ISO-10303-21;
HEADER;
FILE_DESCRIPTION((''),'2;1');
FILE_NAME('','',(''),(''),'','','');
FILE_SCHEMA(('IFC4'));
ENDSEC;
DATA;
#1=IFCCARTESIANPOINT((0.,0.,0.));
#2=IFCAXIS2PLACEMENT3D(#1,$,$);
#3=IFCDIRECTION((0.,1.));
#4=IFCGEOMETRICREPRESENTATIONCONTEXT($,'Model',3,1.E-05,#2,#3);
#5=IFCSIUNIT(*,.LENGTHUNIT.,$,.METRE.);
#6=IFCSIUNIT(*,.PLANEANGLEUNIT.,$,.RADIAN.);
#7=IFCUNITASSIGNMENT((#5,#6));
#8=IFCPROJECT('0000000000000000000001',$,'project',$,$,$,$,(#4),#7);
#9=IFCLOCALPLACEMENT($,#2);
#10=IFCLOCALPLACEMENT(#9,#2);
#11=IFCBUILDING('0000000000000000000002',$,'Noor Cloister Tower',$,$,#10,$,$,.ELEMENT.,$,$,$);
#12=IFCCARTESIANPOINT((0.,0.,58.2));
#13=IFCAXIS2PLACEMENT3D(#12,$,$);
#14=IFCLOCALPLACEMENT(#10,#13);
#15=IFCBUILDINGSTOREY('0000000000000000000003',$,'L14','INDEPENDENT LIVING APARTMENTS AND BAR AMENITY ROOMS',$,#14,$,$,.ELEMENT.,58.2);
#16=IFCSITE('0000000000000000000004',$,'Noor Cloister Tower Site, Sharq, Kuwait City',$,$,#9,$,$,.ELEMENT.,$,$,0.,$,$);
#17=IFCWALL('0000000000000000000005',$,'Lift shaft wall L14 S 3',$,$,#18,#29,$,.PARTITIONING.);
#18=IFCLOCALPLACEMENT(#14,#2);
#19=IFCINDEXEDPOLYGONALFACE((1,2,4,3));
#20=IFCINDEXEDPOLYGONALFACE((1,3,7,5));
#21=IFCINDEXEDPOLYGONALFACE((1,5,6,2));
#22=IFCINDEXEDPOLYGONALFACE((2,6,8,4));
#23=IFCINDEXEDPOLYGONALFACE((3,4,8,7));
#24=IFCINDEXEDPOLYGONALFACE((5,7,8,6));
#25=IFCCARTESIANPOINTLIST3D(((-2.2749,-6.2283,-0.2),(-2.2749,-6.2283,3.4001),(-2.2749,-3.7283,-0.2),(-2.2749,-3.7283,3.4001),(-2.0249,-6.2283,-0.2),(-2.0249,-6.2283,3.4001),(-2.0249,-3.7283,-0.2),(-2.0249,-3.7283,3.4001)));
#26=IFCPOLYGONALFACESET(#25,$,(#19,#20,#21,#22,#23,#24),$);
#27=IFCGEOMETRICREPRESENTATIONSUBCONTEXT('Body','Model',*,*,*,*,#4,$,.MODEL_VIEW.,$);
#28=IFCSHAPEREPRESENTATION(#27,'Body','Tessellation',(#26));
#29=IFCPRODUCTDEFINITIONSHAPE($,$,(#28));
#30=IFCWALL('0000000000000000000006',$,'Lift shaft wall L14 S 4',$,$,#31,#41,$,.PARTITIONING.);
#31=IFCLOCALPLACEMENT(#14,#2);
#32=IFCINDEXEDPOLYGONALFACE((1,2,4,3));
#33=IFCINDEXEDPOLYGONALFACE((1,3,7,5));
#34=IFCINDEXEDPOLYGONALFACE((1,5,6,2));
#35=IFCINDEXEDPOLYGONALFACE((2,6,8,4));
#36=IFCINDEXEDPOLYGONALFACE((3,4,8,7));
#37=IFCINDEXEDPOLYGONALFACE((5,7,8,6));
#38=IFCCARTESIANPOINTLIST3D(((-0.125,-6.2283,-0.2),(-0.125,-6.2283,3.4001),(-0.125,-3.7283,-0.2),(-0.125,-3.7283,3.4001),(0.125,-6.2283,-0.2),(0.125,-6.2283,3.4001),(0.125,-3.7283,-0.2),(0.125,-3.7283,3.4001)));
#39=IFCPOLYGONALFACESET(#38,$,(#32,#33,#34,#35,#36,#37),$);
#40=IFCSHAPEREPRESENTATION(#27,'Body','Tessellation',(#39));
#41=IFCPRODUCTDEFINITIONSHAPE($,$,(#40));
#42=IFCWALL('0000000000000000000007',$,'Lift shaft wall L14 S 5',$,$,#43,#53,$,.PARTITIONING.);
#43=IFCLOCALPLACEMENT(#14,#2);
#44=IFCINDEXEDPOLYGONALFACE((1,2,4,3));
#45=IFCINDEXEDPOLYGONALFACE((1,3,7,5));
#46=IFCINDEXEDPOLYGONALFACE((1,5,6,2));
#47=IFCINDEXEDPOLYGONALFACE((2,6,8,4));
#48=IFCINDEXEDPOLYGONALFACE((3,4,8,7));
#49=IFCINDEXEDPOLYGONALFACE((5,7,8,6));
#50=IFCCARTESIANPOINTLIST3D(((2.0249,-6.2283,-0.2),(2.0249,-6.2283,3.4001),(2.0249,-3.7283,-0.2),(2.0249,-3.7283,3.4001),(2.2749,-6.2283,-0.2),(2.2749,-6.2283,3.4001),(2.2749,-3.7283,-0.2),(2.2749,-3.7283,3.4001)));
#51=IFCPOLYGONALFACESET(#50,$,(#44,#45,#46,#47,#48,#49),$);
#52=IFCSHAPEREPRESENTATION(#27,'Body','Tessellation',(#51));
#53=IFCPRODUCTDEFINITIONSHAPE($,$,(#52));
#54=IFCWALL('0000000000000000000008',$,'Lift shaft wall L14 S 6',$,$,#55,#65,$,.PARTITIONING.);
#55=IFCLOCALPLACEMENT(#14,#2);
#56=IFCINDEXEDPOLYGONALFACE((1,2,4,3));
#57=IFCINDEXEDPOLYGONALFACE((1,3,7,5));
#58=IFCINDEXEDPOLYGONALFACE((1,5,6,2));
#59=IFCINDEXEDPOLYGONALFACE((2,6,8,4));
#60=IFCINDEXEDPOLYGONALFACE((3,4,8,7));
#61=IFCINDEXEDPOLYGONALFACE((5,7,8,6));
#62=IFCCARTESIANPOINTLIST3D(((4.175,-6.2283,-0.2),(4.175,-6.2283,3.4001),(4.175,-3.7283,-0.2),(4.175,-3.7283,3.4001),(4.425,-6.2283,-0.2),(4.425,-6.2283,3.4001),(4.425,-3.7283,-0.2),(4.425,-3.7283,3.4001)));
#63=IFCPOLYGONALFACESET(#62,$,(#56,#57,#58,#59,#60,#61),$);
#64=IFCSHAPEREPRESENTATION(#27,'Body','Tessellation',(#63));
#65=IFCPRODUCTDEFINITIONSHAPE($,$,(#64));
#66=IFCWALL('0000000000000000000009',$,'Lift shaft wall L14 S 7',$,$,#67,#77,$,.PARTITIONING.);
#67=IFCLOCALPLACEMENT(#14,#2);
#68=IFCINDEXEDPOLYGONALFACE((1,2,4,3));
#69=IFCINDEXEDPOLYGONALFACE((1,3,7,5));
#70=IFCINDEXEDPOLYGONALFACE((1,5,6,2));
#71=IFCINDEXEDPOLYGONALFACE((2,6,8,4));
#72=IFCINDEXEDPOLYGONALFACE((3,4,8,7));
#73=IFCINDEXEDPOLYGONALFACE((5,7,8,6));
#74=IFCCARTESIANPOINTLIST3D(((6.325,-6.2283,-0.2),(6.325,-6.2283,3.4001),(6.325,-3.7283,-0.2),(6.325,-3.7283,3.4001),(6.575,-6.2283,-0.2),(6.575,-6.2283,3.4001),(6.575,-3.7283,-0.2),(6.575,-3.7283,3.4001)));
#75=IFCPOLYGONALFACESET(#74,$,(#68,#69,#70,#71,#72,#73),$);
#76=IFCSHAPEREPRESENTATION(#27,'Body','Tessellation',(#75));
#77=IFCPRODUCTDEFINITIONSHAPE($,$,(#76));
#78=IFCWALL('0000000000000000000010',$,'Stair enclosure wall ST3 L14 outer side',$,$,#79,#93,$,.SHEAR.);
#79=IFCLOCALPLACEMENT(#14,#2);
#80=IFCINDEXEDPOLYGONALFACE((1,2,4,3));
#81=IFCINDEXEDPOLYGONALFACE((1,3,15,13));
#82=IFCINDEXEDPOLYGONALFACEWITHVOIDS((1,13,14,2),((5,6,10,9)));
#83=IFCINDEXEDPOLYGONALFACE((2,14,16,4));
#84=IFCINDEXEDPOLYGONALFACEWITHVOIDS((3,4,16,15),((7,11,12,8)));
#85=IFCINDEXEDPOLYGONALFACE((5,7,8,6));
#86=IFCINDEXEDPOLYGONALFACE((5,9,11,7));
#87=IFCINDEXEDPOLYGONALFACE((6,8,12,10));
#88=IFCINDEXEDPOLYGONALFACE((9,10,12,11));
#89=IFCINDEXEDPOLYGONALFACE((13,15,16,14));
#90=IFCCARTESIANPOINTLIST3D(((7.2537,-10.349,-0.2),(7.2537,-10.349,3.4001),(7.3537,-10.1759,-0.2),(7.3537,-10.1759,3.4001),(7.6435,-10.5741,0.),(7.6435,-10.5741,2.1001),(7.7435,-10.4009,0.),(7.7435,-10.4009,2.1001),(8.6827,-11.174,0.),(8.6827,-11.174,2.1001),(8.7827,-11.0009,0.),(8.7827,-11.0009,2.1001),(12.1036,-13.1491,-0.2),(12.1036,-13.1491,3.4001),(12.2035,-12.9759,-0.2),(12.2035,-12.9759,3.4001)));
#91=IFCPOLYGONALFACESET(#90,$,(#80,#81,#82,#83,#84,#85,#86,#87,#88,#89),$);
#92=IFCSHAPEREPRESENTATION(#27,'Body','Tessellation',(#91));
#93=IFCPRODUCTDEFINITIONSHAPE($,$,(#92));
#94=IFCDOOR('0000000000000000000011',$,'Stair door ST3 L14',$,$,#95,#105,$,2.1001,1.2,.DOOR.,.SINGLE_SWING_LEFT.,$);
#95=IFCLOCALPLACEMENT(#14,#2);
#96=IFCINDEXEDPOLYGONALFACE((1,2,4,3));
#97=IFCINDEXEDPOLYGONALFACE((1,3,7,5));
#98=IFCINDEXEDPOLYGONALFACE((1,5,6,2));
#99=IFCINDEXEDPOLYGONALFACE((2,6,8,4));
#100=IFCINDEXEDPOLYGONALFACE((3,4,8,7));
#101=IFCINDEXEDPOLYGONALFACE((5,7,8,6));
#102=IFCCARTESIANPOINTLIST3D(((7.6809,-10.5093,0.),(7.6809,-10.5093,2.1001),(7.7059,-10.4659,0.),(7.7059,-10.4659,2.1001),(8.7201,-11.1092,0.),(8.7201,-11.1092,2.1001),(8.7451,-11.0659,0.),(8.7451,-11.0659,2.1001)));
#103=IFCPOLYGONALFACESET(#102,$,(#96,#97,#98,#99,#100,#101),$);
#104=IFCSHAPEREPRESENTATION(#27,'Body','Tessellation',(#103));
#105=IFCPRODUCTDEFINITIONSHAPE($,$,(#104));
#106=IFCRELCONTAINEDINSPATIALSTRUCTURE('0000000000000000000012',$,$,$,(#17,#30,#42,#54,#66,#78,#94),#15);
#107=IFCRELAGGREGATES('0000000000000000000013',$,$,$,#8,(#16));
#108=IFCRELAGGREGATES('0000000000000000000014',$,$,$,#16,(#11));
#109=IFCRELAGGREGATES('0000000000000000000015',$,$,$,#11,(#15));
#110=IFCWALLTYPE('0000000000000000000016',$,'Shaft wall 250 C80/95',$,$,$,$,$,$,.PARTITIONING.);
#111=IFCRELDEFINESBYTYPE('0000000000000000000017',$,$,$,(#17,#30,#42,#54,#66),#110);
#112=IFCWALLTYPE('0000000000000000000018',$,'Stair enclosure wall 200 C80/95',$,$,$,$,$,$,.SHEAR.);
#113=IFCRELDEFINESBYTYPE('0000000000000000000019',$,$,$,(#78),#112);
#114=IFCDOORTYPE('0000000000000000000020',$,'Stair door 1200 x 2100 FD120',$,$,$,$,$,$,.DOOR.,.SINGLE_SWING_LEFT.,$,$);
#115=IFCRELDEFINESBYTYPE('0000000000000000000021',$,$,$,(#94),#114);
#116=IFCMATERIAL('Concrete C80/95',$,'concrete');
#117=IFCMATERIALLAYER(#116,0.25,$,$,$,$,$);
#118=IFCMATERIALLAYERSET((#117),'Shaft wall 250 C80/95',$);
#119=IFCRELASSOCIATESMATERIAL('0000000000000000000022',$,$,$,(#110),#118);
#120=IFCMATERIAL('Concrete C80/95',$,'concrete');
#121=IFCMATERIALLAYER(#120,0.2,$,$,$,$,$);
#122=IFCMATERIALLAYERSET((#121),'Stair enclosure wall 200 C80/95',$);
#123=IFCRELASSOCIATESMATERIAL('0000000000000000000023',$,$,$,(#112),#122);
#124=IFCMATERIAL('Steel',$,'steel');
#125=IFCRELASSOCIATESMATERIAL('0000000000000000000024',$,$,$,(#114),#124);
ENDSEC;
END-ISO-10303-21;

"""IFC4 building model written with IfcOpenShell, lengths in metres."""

from ifc_helpers import new_model, si_unit, direction, frame, frame_2d, origin, place, context, subcontext, project, spatial, rectangle, extrude, material, layer, layer_set, type_object, element, fill, save


model = new_model("IFC4")

# Units and contexts
model_context = context("Model", 3, precision=1e-05, world=origin(), true_north=direction((0.0, 1.0)))
body_context = subcontext(model_context, "Body", "Model", "MODEL_VIEW")
ifc_project = project(units=[si_unit("LENGTHUNIT", "METRE"), si_unit("PLANEANGLEUNIT", "RADIAN")], contexts=[model_context])

# Site, building, storey
site_placement = place(None, origin())
site = spatial("IfcSite", under=ifc_project, at=site_placement, Name="Noor Cloister Tower Site, Sharq, Kuwait City", CompositionType="ELEMENT", RefElevation=0.0)
building_placement = place(site_placement, origin())
building = spatial("IfcBuilding", under=site, at=building_placement, Name="Noor Cloister Tower", CompositionType="ELEMENT")
storey_placement = place(building_placement, frame((0.0, 0.0, 58.2)))
storey = spatial("IfcBuildingStorey", under=building, at=storey_placement, Name="L14", Description="INDEPENDENT LIVING APARTMENTS AND BAR AMENITY ROOMS", CompositionType="ELEMENT", Elevation=58.2)

# Walls
ifc_material_1 = material(Name="Concrete C80/95", Category="concrete")
ifc_layer_1 = layer(ifc_material_1, 0.25)
ifc_layer_set_1 = layer_set([ifc_layer_1], Name="Shaft wall 250 C80/95")
wall_type_1 = type_object("IfcWallType", Name="Shaft wall 250 C80/95", PredefinedType="PARTITIONING", material=ifc_layer_set_1)
for number, where, z_axis, x_axis, name in (
    (1, (-2.1499, -6.2283, -0.2), (0.0, 0.0, 1.0), (0.0, 1.0, 0.0), "Lift shaft wall L14 S 3"),
    (2, (0.0, -6.2283, -0.2), (0.0, 0.0, 1.0), (0.0, 1.0, 0.0), "Lift shaft wall L14 S 4"),
    (3, (2.1499, -6.2283, -0.2), (0.0, 0.0, 1.0), (0.0, 1.0, 0.0), "Lift shaft wall L14 S 5"),
    (4, (4.3, -6.2283, -0.2), (0.0, 0.0, 1.0), (0.0, 1.0, 0.0), "Lift shaft wall L14 S 6"),
    (5, (6.45, -6.2283, -0.2), (0.0, 0.0, 1.0), (0.0, 1.0, 0.0), "Lift shaft wall L14 S 7"),
):
    element("IfcWall", number, at=place(storey_placement, frame(where, z_axis=z_axis, x_axis=x_axis)), inside=storey, type_object=wall_type_1, Name=name, PredefinedType="PARTITIONING", context=body_context, shape_type="SweptSolid", body=[
        extrude(rectangle(XDim=2.5, YDim=0.25, at=frame_2d((1.25, 0.0))), origin(), (0.0, 0.0, 1.0), 3.6001),
    ])

# Wall, opening, door
ifc_material_2 = material(Name="Concrete C80/95", Category="concrete")
ifc_layer_2 = layer(ifc_material_2, 0.2)
ifc_layer_set_2 = layer_set([ifc_layer_2], Name="Stair enclosure wall 200 C80/95")
wall_type_2 = type_object("IfcWallType", Name="Stair enclosure wall 200 C80/95", PredefinedType="SHEAR", material=ifc_layer_set_2)
wall_1_placement = place(storey_placement, frame((7.3037, -10.2625, -0.2), z_axis=(0.0, 0.0, 1.0), x_axis=(0.866027, -0.499998, 0.0)))
wall_1 = element("IfcWall", 6, at=wall_1_placement, inside=storey, type_object=wall_type_2, Name="Stair enclosure wall ST3 L14 outer side", PredefinedType="SHEAR", context=body_context, shape_type="SweptSolid", body=[
    extrude(rectangle(XDim=5.6001, YDim=0.2, at=frame_2d((2.8, 0.0))), origin(), (0.0, 0.0, 1.0), 3.6001),
])
opening_1_placement = place(wall_1_placement, frame((0.45, 0.0, 0.2)))
opening_1 = element("IfcOpeningElement", 7, at=opening_1_placement, cuts=wall_1, PredefinedType="OPENING", context=body_context, shape_type="SweptSolid", body=[
    extrude(rectangle(XDim=1.2, YDim=2.1001, at=frame_2d((0.6001, 1.05))), frame((0.0, 0.1099, 0.0), z_axis=(0.0, -1.0, 0.0), x_axis=(1.0, 0.0, 0.0)), (0.0, 0.0, 1.0), 0.22),
])
ifc_material_3 = material(Name="Steel", Category="steel")
door_type_1 = type_object("IfcDoorType", Name="Stair door 1200 x 2100 FD120", OperationType="SINGLE_SWING_LEFT", PredefinedType="DOOR", material=ifc_material_3)
door_1_placement = place(opening_1_placement, origin())
door_1 = element("IfcDoor", 8, at=door_1_placement, inside=storey, type_object=door_type_1, Name="Stair door ST3 L14", OperationType="SINGLE_SWING_LEFT", OverallHeight=2.1001, OverallWidth=1.2, PredefinedType="DOOR", context=body_context, shape_type="SweptSolid", body=[
    extrude(rectangle(XDim=1.2, YDim=2.1001, at=frame_2d((0.6001, 1.05))), frame((0.0, 0.0249, 0.0), z_axis=(0.0, -1.0, 0.0), x_axis=(1.0, 0.0, 0.0)), (0.0, 0.0, 1.0), 0.05),
])
fill(opening_1, door_1)

save(model, "model.ifc")
